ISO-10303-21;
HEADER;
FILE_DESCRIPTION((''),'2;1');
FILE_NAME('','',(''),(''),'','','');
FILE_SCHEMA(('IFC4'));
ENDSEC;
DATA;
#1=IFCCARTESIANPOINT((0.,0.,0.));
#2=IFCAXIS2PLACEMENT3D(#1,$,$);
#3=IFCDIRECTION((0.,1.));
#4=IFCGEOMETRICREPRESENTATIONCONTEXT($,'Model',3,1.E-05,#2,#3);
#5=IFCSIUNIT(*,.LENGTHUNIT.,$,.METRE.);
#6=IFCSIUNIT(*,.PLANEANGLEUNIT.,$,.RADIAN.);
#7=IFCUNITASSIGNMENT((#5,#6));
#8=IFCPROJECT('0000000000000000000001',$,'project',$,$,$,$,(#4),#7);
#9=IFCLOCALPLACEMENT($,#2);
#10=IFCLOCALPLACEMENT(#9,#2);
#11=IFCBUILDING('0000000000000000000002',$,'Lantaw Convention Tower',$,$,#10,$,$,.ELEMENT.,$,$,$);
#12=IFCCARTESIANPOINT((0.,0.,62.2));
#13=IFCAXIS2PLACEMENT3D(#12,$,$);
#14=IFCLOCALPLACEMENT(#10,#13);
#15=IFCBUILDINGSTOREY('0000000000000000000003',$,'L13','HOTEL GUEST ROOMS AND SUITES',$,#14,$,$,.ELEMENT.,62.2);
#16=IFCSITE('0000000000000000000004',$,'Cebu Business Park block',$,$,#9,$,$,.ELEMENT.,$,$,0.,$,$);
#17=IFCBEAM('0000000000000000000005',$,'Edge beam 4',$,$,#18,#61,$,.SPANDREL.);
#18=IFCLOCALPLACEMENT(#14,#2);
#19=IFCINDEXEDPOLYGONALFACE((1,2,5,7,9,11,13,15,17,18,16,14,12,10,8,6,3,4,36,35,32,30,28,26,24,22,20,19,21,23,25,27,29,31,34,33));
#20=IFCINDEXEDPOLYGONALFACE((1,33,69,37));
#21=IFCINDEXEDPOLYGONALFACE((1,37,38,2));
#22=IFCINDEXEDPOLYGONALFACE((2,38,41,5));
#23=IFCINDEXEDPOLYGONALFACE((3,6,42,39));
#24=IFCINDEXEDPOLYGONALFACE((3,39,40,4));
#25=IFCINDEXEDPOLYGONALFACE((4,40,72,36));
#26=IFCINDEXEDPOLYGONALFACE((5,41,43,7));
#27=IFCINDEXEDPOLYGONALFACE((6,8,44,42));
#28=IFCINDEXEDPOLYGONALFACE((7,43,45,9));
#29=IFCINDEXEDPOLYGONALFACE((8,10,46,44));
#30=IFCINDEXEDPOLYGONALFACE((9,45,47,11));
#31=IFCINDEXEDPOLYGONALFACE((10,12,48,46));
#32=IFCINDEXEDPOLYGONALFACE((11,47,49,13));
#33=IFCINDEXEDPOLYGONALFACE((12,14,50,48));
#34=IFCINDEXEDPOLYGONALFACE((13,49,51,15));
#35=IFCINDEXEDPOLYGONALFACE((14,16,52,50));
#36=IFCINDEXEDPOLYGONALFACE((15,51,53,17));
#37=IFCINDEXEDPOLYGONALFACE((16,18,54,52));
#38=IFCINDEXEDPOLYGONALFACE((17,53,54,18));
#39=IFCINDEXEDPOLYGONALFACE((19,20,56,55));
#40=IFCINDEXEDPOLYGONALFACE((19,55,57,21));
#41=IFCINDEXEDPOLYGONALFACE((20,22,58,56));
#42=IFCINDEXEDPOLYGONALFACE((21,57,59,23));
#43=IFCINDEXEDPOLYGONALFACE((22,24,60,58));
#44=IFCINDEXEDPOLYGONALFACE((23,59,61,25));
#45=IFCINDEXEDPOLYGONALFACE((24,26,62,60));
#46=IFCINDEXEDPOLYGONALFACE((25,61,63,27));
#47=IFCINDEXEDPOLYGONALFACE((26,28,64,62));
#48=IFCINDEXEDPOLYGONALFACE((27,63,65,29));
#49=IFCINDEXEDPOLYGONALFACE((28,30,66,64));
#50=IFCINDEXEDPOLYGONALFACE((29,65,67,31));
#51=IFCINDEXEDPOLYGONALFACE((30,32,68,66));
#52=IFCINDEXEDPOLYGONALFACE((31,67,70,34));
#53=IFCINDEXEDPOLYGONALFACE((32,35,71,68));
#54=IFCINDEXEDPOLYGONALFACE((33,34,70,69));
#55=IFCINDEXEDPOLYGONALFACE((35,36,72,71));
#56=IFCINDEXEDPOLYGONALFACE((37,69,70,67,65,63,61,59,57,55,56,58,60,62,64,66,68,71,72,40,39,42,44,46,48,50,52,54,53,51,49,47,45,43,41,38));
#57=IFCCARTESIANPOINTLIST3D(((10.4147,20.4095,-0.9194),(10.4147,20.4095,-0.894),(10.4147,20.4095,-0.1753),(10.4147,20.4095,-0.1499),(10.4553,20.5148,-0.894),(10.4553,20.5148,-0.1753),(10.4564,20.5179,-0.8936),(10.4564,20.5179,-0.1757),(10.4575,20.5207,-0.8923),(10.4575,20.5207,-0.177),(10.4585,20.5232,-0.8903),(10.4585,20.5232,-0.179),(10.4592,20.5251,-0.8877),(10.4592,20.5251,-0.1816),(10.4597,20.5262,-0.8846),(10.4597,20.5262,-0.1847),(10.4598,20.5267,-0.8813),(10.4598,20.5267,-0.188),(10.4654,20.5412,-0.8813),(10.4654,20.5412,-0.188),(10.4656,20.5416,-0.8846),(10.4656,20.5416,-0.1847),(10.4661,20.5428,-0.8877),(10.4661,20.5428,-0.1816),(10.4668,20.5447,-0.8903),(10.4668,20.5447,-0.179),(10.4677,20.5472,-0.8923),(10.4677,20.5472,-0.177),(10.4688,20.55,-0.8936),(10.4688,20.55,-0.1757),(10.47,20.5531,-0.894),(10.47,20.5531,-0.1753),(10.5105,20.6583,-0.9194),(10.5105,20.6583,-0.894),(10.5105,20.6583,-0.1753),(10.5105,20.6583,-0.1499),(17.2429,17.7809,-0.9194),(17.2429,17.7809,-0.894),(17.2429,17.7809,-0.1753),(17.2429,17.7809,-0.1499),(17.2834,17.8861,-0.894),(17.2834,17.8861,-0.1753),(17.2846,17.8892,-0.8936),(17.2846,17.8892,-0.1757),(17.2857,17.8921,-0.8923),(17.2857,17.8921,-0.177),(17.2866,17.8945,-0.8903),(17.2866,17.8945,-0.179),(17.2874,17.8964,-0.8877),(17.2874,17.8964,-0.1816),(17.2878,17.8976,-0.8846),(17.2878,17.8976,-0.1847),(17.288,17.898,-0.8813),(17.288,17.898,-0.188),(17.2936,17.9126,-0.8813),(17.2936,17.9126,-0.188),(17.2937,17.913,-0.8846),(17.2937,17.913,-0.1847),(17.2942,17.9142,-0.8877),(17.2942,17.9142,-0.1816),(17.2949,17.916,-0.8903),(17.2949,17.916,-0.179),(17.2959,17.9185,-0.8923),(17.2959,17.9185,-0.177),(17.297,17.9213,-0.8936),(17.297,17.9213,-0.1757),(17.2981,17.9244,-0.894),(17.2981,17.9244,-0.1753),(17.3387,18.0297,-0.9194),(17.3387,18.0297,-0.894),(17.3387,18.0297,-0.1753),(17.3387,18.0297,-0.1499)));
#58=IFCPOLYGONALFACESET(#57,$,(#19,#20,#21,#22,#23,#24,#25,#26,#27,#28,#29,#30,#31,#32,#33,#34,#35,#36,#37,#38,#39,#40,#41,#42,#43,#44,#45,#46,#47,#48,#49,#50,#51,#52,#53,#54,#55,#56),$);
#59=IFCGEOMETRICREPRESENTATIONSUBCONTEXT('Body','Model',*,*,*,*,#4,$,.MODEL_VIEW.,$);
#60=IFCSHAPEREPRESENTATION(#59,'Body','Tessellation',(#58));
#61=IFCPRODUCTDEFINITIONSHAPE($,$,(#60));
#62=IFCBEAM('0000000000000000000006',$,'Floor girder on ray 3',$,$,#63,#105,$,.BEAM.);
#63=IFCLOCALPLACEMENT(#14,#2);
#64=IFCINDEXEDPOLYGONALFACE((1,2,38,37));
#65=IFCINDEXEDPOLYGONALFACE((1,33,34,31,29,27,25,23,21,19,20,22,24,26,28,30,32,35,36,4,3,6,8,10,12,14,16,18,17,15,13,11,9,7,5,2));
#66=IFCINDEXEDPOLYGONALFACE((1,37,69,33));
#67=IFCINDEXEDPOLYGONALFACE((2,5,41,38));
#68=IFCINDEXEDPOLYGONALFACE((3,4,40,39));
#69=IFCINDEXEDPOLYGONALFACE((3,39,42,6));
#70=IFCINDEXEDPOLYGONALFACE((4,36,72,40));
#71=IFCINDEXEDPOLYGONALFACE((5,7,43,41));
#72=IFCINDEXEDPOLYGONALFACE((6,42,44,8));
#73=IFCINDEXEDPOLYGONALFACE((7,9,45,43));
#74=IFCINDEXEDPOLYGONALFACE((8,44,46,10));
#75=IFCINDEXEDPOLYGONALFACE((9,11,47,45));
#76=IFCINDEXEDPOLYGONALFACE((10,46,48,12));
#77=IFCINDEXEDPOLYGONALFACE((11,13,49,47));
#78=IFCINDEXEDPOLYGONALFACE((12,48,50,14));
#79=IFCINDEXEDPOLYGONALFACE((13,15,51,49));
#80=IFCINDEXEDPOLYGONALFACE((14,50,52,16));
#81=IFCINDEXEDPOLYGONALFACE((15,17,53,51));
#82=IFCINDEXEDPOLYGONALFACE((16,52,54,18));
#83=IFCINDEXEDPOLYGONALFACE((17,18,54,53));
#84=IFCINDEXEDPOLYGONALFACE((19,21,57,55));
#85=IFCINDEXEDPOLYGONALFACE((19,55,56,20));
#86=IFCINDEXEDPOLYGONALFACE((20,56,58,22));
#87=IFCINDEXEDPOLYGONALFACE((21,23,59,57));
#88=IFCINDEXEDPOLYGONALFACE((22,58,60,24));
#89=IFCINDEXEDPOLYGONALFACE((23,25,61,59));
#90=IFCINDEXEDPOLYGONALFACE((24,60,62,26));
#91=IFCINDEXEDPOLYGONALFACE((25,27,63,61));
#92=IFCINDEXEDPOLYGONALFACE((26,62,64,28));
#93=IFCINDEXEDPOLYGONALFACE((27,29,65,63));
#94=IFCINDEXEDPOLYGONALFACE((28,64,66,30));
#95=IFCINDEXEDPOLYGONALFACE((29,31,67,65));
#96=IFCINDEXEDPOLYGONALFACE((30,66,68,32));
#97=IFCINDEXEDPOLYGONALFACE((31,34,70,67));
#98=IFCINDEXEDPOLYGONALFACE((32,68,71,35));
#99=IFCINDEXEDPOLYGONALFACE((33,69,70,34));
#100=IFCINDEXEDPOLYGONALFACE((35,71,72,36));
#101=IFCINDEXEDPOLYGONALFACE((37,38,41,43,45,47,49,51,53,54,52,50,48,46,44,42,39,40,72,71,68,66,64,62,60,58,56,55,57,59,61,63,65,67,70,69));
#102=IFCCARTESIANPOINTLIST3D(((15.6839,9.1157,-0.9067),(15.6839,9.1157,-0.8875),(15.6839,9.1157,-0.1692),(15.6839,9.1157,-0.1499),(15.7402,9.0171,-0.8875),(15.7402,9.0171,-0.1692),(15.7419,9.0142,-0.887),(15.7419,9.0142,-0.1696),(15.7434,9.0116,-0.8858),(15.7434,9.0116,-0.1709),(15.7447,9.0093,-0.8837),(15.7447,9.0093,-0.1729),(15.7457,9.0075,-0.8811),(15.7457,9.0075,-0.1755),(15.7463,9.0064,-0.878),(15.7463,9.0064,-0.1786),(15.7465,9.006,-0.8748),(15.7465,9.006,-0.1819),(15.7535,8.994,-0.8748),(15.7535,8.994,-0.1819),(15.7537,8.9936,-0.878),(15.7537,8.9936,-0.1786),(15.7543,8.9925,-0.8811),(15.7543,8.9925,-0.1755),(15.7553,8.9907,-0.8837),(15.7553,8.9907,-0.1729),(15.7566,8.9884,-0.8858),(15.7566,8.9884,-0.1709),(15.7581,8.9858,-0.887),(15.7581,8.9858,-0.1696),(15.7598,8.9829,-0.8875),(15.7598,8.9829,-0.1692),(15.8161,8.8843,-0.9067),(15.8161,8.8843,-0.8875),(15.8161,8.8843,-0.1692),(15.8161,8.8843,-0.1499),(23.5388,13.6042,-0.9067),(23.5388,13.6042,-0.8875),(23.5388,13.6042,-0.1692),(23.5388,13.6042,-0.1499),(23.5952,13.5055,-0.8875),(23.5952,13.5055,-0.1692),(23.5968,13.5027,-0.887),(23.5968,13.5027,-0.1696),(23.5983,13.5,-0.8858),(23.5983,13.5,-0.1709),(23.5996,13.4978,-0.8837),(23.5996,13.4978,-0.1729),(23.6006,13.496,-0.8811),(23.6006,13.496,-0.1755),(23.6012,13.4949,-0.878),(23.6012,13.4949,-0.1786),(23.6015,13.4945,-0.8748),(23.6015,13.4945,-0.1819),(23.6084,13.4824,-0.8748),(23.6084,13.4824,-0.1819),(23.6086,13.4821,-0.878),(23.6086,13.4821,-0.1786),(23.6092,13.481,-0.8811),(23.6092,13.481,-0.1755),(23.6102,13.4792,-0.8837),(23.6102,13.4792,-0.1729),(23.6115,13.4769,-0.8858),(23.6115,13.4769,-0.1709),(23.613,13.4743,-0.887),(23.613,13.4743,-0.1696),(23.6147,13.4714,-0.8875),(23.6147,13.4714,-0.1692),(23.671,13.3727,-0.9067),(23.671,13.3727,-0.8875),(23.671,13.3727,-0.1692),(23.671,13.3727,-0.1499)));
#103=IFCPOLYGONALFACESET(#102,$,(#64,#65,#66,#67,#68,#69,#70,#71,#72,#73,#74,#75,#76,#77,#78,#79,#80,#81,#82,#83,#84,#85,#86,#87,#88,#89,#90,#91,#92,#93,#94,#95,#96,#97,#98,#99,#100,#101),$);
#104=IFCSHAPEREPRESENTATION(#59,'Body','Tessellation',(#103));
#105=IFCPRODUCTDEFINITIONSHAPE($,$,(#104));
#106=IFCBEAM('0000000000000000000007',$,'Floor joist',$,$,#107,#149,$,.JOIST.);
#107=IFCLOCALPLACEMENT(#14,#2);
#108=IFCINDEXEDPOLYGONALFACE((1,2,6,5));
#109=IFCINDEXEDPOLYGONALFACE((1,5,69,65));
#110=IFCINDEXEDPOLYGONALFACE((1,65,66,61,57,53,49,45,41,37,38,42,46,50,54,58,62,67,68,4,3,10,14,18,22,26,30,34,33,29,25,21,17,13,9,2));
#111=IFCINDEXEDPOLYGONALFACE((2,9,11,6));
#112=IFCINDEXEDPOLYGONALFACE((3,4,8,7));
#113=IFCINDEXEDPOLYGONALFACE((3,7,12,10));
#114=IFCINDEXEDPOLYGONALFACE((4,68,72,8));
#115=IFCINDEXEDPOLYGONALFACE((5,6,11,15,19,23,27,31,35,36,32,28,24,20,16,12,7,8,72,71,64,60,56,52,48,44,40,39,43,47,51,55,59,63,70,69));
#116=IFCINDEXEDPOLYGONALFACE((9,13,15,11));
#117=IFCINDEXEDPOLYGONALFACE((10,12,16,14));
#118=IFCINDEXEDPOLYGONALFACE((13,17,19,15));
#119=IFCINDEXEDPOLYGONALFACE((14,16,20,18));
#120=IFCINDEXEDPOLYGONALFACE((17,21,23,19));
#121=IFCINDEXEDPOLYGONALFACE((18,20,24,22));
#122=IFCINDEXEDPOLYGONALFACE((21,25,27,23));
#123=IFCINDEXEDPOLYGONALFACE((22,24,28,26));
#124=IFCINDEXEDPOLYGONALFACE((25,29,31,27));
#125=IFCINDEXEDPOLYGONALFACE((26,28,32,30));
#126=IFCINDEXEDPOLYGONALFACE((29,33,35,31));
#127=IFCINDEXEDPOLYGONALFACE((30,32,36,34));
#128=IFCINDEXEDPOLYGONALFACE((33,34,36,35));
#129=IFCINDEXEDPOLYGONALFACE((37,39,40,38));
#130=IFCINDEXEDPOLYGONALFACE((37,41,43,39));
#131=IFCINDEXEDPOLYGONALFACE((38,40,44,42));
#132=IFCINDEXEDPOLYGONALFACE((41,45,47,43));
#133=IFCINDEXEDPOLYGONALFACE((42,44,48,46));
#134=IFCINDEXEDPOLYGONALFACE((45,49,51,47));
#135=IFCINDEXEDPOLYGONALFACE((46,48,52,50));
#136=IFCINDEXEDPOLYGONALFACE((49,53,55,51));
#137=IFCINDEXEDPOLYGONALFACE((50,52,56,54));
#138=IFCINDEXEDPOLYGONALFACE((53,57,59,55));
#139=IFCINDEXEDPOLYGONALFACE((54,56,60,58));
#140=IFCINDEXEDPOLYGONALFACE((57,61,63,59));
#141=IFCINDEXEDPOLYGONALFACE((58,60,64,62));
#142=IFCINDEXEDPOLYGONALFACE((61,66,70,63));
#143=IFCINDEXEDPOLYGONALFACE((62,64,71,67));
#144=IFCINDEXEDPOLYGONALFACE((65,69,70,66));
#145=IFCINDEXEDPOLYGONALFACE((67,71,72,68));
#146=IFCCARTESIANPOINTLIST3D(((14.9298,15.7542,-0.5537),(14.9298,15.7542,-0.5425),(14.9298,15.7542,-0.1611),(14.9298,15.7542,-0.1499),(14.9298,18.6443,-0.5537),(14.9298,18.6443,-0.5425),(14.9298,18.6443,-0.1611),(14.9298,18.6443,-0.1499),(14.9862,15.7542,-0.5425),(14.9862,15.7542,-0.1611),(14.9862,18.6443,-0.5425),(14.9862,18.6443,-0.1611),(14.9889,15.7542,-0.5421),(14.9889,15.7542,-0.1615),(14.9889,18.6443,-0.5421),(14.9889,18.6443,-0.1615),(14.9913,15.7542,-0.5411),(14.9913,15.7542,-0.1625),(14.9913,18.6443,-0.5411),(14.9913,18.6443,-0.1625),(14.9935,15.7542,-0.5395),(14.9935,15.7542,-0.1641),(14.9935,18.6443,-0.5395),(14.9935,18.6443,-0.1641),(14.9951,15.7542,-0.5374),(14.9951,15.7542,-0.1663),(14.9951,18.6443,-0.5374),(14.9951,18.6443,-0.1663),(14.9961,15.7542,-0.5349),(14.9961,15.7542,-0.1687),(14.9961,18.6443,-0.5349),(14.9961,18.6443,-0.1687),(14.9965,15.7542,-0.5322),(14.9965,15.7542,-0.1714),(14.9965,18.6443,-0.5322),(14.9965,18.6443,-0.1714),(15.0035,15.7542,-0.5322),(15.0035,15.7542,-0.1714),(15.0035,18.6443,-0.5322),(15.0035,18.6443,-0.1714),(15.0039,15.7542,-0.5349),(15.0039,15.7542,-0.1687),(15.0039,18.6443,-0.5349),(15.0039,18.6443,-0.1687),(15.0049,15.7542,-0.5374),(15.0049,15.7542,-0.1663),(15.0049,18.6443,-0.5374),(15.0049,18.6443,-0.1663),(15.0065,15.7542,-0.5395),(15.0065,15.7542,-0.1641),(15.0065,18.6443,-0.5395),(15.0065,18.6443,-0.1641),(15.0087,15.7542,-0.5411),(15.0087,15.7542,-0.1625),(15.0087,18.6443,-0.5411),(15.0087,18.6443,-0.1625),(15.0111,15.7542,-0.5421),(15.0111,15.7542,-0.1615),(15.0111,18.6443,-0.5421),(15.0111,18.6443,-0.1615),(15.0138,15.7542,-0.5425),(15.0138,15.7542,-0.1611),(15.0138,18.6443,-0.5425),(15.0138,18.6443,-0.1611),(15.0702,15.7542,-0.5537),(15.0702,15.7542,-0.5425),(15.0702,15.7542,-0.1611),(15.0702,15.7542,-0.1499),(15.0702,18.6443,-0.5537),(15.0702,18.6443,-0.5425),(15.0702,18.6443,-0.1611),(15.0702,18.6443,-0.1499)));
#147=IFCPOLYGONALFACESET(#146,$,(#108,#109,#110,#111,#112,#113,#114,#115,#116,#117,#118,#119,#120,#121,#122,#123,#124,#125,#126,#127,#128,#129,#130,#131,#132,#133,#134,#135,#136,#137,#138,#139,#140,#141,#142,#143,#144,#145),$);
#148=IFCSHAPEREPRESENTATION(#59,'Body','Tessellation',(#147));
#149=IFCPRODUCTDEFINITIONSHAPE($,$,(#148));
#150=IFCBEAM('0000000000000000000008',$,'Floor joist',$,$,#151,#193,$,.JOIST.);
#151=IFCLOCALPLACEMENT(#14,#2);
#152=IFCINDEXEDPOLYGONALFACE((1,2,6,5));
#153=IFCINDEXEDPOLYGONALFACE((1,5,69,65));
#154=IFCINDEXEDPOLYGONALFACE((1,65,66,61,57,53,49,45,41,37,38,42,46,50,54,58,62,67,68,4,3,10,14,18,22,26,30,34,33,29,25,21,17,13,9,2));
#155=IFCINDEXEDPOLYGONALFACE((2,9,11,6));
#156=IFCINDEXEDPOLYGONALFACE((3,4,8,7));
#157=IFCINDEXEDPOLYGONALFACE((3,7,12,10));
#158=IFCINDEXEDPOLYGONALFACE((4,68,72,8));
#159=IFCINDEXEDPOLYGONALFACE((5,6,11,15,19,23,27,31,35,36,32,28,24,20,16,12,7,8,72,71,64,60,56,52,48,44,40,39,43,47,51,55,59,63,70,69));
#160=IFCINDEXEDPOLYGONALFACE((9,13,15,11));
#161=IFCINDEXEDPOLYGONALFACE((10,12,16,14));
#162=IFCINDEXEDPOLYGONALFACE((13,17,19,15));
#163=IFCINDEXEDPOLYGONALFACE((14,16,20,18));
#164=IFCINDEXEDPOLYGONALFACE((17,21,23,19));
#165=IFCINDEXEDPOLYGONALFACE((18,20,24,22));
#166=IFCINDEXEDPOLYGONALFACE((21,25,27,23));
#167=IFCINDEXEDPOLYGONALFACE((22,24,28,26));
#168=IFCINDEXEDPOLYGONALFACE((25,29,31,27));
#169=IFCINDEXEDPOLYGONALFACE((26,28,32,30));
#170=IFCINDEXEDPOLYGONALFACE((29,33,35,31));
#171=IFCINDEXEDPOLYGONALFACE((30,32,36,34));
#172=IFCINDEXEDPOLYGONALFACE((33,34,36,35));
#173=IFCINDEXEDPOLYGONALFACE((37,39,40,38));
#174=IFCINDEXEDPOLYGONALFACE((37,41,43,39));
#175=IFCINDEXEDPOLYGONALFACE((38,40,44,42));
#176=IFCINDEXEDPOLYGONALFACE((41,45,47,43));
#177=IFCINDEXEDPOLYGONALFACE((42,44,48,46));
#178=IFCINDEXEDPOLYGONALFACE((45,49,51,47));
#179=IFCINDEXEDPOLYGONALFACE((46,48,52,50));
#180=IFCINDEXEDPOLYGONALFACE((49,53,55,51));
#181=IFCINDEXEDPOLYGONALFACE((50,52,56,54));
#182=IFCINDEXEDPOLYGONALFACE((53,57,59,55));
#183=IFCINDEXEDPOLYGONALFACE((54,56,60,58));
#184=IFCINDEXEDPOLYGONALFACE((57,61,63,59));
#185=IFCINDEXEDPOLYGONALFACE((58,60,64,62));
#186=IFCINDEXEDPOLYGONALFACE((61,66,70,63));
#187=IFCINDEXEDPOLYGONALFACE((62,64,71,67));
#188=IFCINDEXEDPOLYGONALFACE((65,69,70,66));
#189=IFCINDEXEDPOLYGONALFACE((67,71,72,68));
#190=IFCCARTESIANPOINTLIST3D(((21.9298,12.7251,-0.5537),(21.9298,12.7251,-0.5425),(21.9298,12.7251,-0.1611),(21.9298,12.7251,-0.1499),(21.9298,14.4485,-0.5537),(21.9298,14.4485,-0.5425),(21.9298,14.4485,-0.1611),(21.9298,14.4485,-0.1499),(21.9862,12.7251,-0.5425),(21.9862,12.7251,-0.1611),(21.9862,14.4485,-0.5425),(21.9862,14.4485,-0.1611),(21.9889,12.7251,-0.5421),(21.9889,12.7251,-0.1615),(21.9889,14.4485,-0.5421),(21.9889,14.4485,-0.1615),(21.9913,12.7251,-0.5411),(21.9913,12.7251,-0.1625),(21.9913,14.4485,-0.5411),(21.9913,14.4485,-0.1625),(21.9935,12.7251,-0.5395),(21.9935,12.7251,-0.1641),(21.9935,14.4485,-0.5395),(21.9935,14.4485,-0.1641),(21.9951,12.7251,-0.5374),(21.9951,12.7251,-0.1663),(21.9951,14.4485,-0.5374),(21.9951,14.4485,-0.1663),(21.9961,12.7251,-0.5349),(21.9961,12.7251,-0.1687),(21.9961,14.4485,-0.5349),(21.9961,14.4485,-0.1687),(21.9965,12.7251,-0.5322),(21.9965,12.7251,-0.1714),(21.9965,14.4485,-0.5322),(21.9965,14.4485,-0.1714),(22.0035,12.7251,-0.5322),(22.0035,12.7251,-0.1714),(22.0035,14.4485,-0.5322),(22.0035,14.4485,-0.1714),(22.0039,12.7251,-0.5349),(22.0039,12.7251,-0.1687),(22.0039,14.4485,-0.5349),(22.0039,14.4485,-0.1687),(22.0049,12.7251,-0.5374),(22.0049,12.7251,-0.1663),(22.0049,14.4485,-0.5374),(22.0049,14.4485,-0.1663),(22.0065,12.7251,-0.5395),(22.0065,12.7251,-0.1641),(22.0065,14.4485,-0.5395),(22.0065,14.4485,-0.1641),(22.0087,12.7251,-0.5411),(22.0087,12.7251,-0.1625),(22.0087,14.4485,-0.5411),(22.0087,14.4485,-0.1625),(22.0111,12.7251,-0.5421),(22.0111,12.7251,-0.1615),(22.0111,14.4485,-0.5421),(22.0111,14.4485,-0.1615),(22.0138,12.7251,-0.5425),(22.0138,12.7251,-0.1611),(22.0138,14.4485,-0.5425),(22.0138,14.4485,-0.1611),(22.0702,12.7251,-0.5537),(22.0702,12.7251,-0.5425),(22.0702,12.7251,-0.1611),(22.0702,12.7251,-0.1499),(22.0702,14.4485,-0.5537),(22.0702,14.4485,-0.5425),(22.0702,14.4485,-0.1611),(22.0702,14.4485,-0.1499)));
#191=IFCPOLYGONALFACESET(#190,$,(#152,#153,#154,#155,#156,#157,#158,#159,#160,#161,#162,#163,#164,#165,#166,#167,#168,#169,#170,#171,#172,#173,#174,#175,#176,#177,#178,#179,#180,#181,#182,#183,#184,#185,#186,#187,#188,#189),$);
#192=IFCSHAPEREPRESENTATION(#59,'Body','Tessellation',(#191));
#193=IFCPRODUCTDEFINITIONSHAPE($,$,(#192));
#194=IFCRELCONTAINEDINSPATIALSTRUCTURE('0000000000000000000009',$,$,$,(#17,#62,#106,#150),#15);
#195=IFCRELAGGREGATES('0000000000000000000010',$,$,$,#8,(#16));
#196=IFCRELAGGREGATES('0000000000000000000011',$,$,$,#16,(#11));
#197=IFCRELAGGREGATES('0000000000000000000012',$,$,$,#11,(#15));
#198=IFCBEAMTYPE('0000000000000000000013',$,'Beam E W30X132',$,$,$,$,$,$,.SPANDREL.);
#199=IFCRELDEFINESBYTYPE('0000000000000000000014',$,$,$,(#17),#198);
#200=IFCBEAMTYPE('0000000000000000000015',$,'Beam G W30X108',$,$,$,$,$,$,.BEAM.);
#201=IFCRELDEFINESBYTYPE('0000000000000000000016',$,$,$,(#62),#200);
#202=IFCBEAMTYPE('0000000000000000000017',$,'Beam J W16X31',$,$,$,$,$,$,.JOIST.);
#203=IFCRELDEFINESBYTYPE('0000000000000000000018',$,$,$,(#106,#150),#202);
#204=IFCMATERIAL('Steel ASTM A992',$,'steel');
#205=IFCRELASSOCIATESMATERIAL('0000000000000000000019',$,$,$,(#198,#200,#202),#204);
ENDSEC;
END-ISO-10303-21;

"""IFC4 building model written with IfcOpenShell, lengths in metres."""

from ifc_helpers import new_model, si_unit, direction, frame, origin, origin_2d, place, context, subcontext, project, spatial, i_section, extrude, material, material_profile, profile_set, type_object, element, save


model = new_model("IFC4")

# Units and contexts
model_context = context("Model", 3, precision=1e-05, world=origin(), true_north=direction((0.0, 1.0)))
body_context = subcontext(model_context, "Body", "Model", "MODEL_VIEW")
ifc_project = project(units=[si_unit("LENGTHUNIT", "METRE"), si_unit("PLANEANGLEUNIT", "RADIAN")], contexts=[model_context])

# Site, building, storey
site_placement = place(None, origin())
site = spatial("IfcSite", under=ifc_project, at=site_placement, Name="Cebu Business Park block", CompositionType="ELEMENT", RefElevation=0.0)
building_placement = place(site_placement, origin())
building = spatial("IfcBuilding", under=site, at=building_placement, Name="Lantaw Convention Tower", CompositionType="ELEMENT")
storey_placement = place(building_placement, frame((0.0, 0.0, 62.2)))
storey = spatial("IfcBuildingStorey", under=building, at=storey_placement, Name="L13", Description="HOTEL GUEST ROOMS AND SUITES", CompositionType="ELEMENT", Elevation=62.2)

# Beams
ifc_material_1 = material(Name="Steel ASTM A992", Category="steel")
ifc_material_profile_1 = material_profile(ifc_material_1, i_section(OverallWidth=0.2666, OverallDepth=0.7695, WebThickness=0.0156, FlangeThickness=0.0254, FilletRadius=0.0127, at=origin_2d()), Name="W30X132")
ifc_profile_set_1 = profile_set([ifc_material_profile_1], Name="Steel ASTM A992")
beam_type_1 = type_object("IfcBeamType", Name="Beam E W30X132", PredefinedType="SPANDREL", material=ifc_profile_set_1)
beam_1_placement = place(storey_placement, frame((17.2908, 17.9053, -0.5347), z_axis=(-0.933233, 0.359272, 0.0), x_axis=(-0.359272, -0.933233, 0.0)))
element("IfcBeam", 1, at=beam_1_placement, inside=storey, type_object=beam_type_1, Name="Edge beam 4", PredefinedType="SPANDREL", context=body_context, shape_type="SweptSolid", body=[
    extrude(i_section(OverallWidth=0.2666, OverallDepth=0.7695, WebThickness=0.0156, FlangeThickness=0.0254, FilletRadius=0.0127, at=origin_2d()), origin(), (0.0, 0.0, 1.0), 7.3167),
])
ifc_material_profile_2 = material_profile(ifc_material_1, i_section(OverallWidth=0.2666, OverallDepth=0.7568, WebThickness=0.0139, FlangeThickness=0.0193, FilletRadius=0.0127, at=origin_2d()), Name="W30X108")
ifc_profile_set_2 = profile_set([ifc_material_profile_2], Name="Steel ASTM A992")
beam_type_2 = type_object("IfcBeamType", Name="Beam G W30X108", PredefinedType="BEAM", material=ifc_profile_set_2)
beam_2_placement = place(storey_placement, frame((15.75, 9.0, -0.5283), z_axis=(0.868245, 0.496136, 0.0), x_axis=(-0.496136, 0.868245, 0.0)))
element("IfcBeam", 2, at=beam_2_placement, inside=storey, type_object=beam_type_2, Name="Floor girder on ray 3", PredefinedType="BEAM", context=body_context, shape_type="SweptSolid", body=[
    extrude(i_section(OverallWidth=0.2666, OverallDepth=0.7568, WebThickness=0.0139, FlangeThickness=0.0193, FilletRadius=0.0127, at=origin_2d()), origin(), (0.0, 0.0, 1.0), 9.0469),
])
ifc_material_profile_3 = material_profile(ifc_material_1, i_section(OverallWidth=0.1404, OverallDepth=0.4038, WebThickness=0.0071, FlangeThickness=0.0112, FilletRadius=0.0103, at=origin_2d()), Name="W16X31")
ifc_profile_set_3 = profile_set([ifc_material_profile_3], Name="Steel ASTM A992")
beam_type_3 = type_object("IfcBeamType", Name="Beam J W16X31", PredefinedType="JOIST", material=ifc_profile_set_3)
beam_3_placement = place(storey_placement, frame((15.0, 15.7542, -0.3518), z_axis=(0.0, 1.0, 0.0), x_axis=(-1.0, 0.0, 0.0)))
element("IfcBeam", 3, at=beam_3_placement, inside=storey, type_object=beam_type_3, Name="Floor joist", PredefinedType="JOIST", context=body_context, shape_type="SweptSolid", body=[
    extrude(i_section(OverallWidth=0.1404, OverallDepth=0.4038, WebThickness=0.0071, FlangeThickness=0.0112, FilletRadius=0.0103, at=origin_2d()), origin(), (0.0, 0.0, 1.0), 2.8901),
])
beam_4_placement = place(storey_placement, frame((22.0, 12.7251, -0.3518), z_axis=(0.0, 1.0, 0.0), x_axis=(-1.0, 0.0, 0.0)))
element("IfcBeam", 4, at=beam_4_placement, inside=storey, type_object=beam_type_3, Name="Floor joist", PredefinedType="JOIST", context=body_context, shape_type="SweptSolid", body=[
    extrude(i_section(OverallWidth=0.1404, OverallDepth=0.4038, WebThickness=0.0071, FlangeThickness=0.0112, FilletRadius=0.0103, at=origin_2d()), origin(), (0.0, 0.0, 1.0), 1.7234),
])

save(model, "model.ifc")
